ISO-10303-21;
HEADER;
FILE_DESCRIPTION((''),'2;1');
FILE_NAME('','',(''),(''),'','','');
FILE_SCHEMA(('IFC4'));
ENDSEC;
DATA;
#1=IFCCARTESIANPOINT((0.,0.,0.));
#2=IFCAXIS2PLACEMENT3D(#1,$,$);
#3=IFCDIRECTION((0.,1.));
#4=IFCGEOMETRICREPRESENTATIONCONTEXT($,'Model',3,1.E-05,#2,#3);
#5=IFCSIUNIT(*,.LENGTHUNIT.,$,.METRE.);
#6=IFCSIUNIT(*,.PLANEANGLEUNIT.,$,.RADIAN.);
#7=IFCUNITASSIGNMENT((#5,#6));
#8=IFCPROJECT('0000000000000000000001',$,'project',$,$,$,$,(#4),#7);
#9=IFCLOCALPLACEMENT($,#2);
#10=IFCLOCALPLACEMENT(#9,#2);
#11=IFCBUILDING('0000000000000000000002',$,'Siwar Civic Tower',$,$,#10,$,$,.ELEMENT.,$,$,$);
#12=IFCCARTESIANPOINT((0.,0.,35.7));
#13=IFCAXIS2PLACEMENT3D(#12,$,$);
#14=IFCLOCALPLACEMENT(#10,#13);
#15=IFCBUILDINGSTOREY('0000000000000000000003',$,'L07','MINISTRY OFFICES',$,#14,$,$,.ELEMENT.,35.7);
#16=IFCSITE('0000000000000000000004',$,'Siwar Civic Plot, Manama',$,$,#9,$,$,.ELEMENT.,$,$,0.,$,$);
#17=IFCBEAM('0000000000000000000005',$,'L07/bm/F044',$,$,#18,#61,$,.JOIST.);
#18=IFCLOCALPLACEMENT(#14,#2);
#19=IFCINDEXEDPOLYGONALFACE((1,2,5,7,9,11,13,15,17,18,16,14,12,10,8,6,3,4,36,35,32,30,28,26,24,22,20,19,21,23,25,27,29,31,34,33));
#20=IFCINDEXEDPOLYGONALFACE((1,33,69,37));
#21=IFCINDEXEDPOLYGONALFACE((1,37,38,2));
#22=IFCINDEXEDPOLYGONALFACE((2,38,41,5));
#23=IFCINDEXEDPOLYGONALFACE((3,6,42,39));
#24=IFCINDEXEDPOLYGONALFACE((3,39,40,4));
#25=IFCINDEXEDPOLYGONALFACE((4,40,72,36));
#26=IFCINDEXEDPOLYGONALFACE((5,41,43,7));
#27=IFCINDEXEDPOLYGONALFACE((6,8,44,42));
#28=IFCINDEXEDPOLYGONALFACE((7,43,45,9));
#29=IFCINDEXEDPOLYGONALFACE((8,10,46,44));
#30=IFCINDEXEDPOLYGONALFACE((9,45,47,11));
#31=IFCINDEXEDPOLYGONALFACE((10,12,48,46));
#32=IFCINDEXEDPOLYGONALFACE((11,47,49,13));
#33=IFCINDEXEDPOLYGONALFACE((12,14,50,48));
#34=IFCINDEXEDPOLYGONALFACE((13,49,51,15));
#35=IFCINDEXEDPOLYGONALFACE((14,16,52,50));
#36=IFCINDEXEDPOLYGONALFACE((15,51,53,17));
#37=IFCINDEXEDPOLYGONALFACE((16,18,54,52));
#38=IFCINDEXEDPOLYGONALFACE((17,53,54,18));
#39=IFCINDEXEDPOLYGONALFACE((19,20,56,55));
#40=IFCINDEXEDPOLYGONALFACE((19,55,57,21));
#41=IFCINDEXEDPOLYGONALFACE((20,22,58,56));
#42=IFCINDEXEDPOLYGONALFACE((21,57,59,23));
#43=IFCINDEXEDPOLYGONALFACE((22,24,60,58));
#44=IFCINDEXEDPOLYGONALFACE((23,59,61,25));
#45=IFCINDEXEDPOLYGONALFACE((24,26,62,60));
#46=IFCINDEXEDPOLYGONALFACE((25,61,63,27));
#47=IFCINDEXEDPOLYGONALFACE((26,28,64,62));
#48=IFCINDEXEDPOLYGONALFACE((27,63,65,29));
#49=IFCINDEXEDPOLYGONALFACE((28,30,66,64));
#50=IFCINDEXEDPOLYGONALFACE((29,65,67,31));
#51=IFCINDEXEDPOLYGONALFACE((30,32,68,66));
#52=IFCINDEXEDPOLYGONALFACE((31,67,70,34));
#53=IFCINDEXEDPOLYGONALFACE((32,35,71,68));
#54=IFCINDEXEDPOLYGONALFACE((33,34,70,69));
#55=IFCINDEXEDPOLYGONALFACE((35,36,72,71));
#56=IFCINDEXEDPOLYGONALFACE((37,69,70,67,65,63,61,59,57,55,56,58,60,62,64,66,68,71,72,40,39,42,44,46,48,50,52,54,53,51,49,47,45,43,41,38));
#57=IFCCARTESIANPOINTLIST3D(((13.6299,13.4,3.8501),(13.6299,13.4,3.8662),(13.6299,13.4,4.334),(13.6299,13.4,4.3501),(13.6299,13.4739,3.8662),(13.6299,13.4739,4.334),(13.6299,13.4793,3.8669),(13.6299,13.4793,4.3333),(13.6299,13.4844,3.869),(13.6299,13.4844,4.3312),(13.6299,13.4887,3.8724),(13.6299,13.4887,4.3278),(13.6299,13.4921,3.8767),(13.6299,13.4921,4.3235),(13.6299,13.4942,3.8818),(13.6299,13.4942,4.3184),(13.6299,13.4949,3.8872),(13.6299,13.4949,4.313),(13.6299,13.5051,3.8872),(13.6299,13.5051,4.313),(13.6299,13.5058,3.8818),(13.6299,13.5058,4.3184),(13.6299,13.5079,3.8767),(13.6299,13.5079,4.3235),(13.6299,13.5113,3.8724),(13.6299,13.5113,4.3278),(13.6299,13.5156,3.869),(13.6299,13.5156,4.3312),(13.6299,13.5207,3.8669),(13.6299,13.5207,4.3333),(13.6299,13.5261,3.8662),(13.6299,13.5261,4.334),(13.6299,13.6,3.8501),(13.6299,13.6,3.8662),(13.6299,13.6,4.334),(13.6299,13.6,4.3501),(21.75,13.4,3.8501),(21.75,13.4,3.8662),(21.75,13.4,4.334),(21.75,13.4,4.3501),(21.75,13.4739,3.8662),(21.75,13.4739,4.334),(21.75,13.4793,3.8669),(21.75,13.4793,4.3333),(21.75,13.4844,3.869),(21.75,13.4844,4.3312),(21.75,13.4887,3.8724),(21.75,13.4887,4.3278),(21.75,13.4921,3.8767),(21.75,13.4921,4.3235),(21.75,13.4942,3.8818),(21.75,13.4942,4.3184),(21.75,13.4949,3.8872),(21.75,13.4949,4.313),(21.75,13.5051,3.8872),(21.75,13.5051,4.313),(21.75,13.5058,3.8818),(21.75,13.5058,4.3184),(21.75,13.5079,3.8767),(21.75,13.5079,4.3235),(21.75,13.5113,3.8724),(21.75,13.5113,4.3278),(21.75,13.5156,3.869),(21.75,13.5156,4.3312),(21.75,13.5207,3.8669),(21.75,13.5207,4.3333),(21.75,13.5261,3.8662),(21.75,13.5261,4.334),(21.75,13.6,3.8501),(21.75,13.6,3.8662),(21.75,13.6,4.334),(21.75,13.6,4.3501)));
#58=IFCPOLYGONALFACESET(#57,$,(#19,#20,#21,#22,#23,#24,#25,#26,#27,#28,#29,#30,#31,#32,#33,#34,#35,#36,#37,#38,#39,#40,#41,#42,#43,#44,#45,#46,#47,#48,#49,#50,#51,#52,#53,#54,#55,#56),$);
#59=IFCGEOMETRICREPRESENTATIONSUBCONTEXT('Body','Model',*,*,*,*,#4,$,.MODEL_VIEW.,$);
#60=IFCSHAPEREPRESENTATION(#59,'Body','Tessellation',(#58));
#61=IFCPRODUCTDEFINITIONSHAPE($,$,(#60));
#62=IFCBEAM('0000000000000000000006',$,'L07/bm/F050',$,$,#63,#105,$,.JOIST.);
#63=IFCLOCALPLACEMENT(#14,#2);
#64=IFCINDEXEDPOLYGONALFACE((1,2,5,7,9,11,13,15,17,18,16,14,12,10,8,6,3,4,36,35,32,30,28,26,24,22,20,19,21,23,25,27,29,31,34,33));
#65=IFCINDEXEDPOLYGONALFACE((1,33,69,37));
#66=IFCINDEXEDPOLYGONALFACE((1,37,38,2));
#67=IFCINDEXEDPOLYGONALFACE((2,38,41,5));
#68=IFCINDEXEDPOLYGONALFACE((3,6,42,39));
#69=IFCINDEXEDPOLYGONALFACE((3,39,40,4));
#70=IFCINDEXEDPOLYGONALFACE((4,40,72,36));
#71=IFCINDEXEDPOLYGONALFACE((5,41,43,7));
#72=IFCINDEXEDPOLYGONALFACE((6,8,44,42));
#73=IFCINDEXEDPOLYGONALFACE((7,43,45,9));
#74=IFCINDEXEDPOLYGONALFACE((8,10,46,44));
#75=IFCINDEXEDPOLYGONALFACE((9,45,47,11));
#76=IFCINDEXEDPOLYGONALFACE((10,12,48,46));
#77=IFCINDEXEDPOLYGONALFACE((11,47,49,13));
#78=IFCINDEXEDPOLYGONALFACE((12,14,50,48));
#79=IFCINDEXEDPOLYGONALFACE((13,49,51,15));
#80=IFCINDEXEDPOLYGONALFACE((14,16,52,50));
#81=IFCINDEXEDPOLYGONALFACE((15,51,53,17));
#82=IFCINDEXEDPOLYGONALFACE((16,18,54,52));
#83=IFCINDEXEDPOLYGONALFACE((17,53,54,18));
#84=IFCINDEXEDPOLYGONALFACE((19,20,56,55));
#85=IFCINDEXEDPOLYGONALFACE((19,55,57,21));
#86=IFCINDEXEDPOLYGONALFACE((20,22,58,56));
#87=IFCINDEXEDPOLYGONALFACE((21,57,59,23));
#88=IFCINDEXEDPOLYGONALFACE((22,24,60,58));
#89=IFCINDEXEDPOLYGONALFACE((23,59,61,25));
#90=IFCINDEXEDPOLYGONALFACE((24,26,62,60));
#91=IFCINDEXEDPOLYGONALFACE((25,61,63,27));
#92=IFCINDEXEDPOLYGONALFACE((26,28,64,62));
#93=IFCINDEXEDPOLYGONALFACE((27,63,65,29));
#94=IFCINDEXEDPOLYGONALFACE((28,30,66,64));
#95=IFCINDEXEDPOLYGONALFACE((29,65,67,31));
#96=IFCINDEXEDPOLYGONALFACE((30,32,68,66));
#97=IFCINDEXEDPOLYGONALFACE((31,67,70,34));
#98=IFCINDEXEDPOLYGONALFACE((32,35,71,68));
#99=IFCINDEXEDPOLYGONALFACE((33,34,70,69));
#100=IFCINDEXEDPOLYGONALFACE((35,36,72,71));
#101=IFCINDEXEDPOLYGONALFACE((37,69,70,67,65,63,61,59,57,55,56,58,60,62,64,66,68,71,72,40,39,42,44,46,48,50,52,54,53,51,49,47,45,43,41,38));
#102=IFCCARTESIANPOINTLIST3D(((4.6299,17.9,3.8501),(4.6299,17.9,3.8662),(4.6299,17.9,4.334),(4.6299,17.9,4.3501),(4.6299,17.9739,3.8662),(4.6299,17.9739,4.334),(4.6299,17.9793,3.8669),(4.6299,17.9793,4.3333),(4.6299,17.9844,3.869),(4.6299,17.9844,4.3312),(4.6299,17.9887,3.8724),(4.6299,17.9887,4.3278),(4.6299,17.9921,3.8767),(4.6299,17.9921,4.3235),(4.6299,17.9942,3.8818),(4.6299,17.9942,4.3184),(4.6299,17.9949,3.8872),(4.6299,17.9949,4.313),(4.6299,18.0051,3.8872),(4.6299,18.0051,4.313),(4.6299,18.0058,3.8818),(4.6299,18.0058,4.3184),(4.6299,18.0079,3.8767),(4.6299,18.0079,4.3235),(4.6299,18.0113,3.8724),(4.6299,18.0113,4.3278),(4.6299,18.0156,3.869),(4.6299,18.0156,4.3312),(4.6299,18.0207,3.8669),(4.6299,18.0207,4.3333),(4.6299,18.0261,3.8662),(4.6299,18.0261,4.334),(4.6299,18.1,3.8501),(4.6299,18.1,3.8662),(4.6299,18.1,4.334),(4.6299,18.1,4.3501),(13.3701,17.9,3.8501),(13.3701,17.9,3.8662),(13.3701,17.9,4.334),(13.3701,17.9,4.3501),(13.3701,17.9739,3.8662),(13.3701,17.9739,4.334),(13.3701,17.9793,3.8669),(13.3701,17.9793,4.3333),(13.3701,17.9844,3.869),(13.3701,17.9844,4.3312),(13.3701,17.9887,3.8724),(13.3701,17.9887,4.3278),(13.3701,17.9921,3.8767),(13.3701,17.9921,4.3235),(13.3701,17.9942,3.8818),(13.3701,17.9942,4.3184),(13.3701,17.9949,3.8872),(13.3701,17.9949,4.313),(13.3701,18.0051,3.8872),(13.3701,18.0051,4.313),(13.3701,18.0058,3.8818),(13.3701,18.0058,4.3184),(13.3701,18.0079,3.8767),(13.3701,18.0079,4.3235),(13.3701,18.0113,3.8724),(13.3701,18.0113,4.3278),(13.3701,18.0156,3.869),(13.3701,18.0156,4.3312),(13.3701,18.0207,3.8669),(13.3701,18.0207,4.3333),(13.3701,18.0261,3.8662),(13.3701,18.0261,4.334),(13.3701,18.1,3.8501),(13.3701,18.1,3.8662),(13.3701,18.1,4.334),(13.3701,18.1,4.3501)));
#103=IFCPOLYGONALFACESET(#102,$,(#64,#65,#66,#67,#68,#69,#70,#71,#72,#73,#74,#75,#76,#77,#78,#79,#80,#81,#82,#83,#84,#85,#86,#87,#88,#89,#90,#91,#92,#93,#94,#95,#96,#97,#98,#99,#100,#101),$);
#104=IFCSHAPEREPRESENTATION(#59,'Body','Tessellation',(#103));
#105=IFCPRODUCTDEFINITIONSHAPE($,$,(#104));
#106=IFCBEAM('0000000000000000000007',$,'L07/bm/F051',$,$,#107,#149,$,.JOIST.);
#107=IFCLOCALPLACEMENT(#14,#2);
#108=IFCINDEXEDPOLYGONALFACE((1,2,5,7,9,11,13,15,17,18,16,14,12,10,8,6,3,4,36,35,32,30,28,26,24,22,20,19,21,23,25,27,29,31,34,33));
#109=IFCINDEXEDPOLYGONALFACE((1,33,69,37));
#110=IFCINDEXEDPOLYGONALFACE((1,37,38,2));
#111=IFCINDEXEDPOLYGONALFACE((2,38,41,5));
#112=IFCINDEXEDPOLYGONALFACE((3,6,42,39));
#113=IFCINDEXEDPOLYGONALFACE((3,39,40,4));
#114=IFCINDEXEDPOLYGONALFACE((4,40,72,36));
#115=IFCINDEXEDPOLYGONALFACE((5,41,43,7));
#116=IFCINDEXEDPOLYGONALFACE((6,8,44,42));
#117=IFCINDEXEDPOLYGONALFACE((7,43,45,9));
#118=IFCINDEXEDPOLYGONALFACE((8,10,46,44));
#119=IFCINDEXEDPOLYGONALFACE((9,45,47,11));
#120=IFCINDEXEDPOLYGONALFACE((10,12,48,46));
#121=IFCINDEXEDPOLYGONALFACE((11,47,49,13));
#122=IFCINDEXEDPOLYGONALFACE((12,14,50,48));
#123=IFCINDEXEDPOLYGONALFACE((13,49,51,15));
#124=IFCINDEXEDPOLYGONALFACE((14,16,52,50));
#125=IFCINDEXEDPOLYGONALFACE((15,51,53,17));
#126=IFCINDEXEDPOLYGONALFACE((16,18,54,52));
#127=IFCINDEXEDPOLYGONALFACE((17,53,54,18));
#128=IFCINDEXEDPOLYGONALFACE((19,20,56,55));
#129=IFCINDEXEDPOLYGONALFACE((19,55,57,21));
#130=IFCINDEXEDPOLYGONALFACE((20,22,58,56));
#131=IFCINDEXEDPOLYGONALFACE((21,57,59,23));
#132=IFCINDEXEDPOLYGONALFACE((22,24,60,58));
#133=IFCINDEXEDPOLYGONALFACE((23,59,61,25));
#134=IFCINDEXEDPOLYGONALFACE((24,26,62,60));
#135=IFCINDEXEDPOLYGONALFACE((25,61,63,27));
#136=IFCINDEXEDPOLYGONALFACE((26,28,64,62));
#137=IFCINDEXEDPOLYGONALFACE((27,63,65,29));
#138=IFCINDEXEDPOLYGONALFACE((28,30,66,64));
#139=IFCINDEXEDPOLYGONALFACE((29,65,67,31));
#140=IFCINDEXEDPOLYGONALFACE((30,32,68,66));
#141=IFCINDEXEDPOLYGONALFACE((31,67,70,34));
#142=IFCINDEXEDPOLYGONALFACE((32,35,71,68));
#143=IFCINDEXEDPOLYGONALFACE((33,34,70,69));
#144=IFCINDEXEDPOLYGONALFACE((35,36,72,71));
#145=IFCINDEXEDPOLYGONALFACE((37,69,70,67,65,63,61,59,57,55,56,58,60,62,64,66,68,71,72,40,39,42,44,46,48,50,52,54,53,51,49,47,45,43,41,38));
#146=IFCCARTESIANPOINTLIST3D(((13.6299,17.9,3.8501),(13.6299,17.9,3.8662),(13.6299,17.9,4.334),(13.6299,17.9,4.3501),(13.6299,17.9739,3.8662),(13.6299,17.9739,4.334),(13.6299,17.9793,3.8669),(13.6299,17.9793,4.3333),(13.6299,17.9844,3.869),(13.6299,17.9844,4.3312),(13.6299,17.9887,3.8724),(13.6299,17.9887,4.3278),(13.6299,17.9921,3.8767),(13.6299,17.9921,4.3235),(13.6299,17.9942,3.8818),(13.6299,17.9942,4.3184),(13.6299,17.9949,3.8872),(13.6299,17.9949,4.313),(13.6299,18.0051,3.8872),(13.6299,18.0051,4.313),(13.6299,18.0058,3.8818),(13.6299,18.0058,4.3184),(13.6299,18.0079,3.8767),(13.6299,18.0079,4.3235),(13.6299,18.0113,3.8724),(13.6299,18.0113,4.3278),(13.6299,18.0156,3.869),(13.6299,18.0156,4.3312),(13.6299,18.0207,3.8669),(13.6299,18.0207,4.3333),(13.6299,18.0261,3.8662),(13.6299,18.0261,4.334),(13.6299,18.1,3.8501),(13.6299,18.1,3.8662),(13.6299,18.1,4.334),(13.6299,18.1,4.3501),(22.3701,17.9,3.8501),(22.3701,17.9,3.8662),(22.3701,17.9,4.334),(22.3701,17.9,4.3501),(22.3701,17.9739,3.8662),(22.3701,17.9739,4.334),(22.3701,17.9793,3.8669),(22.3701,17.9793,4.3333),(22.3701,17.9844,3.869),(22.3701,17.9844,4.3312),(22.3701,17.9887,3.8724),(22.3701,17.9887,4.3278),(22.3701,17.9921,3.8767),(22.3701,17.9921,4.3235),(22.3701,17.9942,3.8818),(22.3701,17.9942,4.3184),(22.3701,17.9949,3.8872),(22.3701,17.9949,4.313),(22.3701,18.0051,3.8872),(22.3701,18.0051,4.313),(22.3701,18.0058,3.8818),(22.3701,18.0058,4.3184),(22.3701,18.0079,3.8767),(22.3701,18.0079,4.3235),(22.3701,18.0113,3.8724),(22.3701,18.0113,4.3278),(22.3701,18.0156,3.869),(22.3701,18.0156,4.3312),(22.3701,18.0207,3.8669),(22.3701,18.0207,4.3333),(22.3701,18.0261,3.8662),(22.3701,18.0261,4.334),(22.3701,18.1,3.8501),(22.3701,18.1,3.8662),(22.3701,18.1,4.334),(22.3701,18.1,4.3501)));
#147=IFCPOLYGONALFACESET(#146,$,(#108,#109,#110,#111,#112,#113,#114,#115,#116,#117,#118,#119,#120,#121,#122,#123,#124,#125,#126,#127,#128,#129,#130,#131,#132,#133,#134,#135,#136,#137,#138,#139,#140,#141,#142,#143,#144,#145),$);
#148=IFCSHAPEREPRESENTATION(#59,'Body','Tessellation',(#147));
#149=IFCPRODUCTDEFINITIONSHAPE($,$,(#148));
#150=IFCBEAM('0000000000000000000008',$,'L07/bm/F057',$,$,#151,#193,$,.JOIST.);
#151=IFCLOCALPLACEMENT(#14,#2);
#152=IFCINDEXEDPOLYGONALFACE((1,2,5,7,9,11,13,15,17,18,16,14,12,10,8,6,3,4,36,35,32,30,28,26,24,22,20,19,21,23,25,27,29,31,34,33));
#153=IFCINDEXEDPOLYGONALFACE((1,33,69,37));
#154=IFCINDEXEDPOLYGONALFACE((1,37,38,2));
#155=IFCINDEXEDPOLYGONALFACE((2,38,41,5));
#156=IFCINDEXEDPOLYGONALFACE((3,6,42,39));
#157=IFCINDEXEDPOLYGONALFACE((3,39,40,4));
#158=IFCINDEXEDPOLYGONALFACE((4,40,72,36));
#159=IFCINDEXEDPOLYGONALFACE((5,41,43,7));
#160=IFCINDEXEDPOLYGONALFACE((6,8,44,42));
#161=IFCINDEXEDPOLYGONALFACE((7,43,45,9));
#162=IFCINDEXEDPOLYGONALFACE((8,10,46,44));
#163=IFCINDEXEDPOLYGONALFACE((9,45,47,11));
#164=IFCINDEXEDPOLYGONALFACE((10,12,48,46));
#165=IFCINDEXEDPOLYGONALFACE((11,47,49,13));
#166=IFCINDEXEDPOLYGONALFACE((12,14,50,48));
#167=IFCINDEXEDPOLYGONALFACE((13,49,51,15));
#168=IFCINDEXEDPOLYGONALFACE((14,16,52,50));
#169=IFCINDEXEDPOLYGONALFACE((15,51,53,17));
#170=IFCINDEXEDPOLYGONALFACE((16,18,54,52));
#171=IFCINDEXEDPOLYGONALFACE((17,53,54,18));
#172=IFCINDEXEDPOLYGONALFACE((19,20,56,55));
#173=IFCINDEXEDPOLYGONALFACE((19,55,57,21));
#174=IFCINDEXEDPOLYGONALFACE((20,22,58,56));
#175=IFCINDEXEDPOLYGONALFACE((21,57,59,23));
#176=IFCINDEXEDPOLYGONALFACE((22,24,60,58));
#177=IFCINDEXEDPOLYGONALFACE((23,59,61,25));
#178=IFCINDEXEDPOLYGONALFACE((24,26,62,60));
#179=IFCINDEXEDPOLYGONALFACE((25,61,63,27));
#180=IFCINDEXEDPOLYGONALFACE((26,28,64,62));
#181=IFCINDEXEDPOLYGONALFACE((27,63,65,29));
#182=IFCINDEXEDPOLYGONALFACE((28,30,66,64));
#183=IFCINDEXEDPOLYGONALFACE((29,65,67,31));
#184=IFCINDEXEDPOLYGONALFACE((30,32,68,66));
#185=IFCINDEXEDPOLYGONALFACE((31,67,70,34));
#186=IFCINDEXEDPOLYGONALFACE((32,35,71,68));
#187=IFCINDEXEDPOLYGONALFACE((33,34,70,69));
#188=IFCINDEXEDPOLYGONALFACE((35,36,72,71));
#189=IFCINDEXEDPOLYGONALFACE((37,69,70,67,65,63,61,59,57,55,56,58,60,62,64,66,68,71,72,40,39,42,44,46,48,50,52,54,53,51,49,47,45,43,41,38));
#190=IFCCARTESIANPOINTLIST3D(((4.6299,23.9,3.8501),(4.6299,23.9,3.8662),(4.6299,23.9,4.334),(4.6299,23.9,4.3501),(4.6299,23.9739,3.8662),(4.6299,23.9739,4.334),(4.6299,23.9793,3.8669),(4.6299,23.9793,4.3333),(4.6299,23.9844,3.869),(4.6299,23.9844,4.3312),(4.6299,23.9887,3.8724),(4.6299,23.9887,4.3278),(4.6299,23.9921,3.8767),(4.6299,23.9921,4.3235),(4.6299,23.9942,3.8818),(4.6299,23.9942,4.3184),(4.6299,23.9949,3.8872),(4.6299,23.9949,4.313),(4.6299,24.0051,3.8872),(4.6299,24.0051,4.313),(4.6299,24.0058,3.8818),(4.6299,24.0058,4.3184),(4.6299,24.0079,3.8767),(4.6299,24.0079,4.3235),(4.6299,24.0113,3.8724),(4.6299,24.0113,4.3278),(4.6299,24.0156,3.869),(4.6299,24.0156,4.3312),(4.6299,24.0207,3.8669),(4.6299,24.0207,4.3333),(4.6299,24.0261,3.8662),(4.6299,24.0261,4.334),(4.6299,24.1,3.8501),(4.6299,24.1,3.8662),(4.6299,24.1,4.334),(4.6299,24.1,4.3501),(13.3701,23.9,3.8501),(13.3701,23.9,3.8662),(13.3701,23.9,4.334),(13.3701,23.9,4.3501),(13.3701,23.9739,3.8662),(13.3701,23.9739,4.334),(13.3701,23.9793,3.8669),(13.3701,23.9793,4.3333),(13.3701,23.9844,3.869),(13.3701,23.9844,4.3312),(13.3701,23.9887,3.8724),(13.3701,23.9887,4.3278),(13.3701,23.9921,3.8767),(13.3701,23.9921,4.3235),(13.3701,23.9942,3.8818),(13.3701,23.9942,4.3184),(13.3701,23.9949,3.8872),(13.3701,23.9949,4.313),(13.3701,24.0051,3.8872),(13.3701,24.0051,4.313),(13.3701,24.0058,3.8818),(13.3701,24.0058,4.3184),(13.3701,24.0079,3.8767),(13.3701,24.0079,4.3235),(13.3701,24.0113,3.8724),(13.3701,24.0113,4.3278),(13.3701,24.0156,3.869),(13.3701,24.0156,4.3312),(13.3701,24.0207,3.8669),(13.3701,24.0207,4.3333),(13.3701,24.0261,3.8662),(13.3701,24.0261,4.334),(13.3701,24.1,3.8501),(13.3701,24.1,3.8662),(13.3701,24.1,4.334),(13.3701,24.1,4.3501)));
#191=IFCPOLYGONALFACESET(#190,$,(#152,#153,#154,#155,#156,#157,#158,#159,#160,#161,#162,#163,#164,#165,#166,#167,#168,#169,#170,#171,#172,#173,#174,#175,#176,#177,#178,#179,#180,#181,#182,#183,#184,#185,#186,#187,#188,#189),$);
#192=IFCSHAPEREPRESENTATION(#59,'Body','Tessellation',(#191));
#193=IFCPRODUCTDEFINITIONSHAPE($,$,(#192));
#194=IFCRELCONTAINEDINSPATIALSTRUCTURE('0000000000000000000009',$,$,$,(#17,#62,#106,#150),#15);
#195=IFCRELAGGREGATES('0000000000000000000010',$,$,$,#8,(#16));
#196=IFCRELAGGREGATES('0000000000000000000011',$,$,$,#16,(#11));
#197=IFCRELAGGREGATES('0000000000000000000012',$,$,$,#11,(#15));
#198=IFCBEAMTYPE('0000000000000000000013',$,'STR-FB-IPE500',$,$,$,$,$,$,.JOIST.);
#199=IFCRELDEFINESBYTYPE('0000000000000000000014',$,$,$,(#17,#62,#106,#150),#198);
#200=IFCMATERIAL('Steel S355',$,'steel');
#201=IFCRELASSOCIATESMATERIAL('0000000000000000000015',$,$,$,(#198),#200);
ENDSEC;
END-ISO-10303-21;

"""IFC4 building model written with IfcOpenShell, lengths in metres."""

from ifc_helpers import new_model, si_unit, direction, frame, origin, origin_2d, place, context, subcontext, project, spatial, i_section, extrude, material, material_profile, profile_set, type_object, element, save


model = new_model("IFC4")

# Units and contexts
model_context = context("Model", 3, precision=1e-05, world=origin(), true_north=direction((0.0, 1.0)))
body_context = subcontext(model_context, "Body", "Model", "MODEL_VIEW")
ifc_project = project(units=[si_unit("LENGTHUNIT", "METRE"), si_unit("PLANEANGLEUNIT", "RADIAN")], contexts=[model_context])

# Site, building, storey
site_placement = place(None, origin())
site = spatial("IfcSite", under=ifc_project, at=site_placement, Name="Siwar Civic Plot, Manama", CompositionType="ELEMENT", RefElevation=0.0)
building_placement = place(site_placement, origin())
building = spatial("IfcBuilding", under=site, at=building_placement, Name="Siwar Civic Tower", CompositionType="ELEMENT")
storey_placement = place(building_placement, frame((0.0, 0.0, 35.7)))
storey = spatial("IfcBuildingStorey", under=building, at=storey_placement, Name="L07", Description="MINISTRY OFFICES", CompositionType="ELEMENT", Elevation=35.7)

# Beams
ifc_material_1 = material(Name="Steel S355", Category="steel")
ifc_material_profile_1 = material_profile(ifc_material_1, i_section(OverallWidth=0.2, OverallDepth=0.5, WebThickness=0.0103, FlangeThickness=0.0161, FilletRadius=0.021, at=origin_2d()), Name="IPE500")
ifc_profile_set_1 = profile_set([ifc_material_profile_1], Name="Steel S355")
beam_type_1 = type_object("IfcBeamType", Name="STR-FB-IPE500", PredefinedType="JOIST", material=ifc_profile_set_1)
beam_1_placement = place(storey_placement, frame((13.6299, 13.5, 4.1001), z_axis=(1.0, 0.0, 0.0), x_axis=(0.0, 1.0, 0.0)))
element("IfcBeam", 1, at=beam_1_placement, inside=storey, type_object=beam_type_1, Name="L07/bm/F044", PredefinedType="JOIST", context=body_context, shape_type="SweptSolid", body=[
    extrude(i_section(OverallWidth=0.2, OverallDepth=0.5, WebThickness=0.0103, FlangeThickness=0.0161, FilletRadius=0.021, at=origin_2d()), origin(), (0.0, 0.0, 1.0), 8.1201),
])
for number, where, z_axis, x_axis, name in (
    (2, (4.6299, 18.0, 4.1001), (1.0, 0.0, 0.0), (0.0, 1.0, 0.0), "L07/bm/F050"),
    (3, (13.6299, 18.0, 4.1001), (1.0, 0.0, 0.0), (0.0, 1.0, 0.0), "L07/bm/F051"),
    (4, (4.6299, 24.0, 4.1001), (1.0, 0.0, 0.0), (0.0, 1.0, 0.0), "L07/bm/F057"),
):
    element("IfcBeam", number, at=place(storey_placement, frame(where, z_axis=z_axis, x_axis=x_axis)), inside=storey, type_object=beam_type_1, Name=name, PredefinedType="JOIST", context=body_context, shape_type="SweptSolid", body=[
        extrude(i_section(OverallWidth=0.2, OverallDepth=0.5, WebThickness=0.0103, FlangeThickness=0.0161, FilletRadius=0.021, at=origin_2d()), origin(), (0.0, 0.0, 1.0), 8.7402),
    ])

save(model, "model.ifc")
